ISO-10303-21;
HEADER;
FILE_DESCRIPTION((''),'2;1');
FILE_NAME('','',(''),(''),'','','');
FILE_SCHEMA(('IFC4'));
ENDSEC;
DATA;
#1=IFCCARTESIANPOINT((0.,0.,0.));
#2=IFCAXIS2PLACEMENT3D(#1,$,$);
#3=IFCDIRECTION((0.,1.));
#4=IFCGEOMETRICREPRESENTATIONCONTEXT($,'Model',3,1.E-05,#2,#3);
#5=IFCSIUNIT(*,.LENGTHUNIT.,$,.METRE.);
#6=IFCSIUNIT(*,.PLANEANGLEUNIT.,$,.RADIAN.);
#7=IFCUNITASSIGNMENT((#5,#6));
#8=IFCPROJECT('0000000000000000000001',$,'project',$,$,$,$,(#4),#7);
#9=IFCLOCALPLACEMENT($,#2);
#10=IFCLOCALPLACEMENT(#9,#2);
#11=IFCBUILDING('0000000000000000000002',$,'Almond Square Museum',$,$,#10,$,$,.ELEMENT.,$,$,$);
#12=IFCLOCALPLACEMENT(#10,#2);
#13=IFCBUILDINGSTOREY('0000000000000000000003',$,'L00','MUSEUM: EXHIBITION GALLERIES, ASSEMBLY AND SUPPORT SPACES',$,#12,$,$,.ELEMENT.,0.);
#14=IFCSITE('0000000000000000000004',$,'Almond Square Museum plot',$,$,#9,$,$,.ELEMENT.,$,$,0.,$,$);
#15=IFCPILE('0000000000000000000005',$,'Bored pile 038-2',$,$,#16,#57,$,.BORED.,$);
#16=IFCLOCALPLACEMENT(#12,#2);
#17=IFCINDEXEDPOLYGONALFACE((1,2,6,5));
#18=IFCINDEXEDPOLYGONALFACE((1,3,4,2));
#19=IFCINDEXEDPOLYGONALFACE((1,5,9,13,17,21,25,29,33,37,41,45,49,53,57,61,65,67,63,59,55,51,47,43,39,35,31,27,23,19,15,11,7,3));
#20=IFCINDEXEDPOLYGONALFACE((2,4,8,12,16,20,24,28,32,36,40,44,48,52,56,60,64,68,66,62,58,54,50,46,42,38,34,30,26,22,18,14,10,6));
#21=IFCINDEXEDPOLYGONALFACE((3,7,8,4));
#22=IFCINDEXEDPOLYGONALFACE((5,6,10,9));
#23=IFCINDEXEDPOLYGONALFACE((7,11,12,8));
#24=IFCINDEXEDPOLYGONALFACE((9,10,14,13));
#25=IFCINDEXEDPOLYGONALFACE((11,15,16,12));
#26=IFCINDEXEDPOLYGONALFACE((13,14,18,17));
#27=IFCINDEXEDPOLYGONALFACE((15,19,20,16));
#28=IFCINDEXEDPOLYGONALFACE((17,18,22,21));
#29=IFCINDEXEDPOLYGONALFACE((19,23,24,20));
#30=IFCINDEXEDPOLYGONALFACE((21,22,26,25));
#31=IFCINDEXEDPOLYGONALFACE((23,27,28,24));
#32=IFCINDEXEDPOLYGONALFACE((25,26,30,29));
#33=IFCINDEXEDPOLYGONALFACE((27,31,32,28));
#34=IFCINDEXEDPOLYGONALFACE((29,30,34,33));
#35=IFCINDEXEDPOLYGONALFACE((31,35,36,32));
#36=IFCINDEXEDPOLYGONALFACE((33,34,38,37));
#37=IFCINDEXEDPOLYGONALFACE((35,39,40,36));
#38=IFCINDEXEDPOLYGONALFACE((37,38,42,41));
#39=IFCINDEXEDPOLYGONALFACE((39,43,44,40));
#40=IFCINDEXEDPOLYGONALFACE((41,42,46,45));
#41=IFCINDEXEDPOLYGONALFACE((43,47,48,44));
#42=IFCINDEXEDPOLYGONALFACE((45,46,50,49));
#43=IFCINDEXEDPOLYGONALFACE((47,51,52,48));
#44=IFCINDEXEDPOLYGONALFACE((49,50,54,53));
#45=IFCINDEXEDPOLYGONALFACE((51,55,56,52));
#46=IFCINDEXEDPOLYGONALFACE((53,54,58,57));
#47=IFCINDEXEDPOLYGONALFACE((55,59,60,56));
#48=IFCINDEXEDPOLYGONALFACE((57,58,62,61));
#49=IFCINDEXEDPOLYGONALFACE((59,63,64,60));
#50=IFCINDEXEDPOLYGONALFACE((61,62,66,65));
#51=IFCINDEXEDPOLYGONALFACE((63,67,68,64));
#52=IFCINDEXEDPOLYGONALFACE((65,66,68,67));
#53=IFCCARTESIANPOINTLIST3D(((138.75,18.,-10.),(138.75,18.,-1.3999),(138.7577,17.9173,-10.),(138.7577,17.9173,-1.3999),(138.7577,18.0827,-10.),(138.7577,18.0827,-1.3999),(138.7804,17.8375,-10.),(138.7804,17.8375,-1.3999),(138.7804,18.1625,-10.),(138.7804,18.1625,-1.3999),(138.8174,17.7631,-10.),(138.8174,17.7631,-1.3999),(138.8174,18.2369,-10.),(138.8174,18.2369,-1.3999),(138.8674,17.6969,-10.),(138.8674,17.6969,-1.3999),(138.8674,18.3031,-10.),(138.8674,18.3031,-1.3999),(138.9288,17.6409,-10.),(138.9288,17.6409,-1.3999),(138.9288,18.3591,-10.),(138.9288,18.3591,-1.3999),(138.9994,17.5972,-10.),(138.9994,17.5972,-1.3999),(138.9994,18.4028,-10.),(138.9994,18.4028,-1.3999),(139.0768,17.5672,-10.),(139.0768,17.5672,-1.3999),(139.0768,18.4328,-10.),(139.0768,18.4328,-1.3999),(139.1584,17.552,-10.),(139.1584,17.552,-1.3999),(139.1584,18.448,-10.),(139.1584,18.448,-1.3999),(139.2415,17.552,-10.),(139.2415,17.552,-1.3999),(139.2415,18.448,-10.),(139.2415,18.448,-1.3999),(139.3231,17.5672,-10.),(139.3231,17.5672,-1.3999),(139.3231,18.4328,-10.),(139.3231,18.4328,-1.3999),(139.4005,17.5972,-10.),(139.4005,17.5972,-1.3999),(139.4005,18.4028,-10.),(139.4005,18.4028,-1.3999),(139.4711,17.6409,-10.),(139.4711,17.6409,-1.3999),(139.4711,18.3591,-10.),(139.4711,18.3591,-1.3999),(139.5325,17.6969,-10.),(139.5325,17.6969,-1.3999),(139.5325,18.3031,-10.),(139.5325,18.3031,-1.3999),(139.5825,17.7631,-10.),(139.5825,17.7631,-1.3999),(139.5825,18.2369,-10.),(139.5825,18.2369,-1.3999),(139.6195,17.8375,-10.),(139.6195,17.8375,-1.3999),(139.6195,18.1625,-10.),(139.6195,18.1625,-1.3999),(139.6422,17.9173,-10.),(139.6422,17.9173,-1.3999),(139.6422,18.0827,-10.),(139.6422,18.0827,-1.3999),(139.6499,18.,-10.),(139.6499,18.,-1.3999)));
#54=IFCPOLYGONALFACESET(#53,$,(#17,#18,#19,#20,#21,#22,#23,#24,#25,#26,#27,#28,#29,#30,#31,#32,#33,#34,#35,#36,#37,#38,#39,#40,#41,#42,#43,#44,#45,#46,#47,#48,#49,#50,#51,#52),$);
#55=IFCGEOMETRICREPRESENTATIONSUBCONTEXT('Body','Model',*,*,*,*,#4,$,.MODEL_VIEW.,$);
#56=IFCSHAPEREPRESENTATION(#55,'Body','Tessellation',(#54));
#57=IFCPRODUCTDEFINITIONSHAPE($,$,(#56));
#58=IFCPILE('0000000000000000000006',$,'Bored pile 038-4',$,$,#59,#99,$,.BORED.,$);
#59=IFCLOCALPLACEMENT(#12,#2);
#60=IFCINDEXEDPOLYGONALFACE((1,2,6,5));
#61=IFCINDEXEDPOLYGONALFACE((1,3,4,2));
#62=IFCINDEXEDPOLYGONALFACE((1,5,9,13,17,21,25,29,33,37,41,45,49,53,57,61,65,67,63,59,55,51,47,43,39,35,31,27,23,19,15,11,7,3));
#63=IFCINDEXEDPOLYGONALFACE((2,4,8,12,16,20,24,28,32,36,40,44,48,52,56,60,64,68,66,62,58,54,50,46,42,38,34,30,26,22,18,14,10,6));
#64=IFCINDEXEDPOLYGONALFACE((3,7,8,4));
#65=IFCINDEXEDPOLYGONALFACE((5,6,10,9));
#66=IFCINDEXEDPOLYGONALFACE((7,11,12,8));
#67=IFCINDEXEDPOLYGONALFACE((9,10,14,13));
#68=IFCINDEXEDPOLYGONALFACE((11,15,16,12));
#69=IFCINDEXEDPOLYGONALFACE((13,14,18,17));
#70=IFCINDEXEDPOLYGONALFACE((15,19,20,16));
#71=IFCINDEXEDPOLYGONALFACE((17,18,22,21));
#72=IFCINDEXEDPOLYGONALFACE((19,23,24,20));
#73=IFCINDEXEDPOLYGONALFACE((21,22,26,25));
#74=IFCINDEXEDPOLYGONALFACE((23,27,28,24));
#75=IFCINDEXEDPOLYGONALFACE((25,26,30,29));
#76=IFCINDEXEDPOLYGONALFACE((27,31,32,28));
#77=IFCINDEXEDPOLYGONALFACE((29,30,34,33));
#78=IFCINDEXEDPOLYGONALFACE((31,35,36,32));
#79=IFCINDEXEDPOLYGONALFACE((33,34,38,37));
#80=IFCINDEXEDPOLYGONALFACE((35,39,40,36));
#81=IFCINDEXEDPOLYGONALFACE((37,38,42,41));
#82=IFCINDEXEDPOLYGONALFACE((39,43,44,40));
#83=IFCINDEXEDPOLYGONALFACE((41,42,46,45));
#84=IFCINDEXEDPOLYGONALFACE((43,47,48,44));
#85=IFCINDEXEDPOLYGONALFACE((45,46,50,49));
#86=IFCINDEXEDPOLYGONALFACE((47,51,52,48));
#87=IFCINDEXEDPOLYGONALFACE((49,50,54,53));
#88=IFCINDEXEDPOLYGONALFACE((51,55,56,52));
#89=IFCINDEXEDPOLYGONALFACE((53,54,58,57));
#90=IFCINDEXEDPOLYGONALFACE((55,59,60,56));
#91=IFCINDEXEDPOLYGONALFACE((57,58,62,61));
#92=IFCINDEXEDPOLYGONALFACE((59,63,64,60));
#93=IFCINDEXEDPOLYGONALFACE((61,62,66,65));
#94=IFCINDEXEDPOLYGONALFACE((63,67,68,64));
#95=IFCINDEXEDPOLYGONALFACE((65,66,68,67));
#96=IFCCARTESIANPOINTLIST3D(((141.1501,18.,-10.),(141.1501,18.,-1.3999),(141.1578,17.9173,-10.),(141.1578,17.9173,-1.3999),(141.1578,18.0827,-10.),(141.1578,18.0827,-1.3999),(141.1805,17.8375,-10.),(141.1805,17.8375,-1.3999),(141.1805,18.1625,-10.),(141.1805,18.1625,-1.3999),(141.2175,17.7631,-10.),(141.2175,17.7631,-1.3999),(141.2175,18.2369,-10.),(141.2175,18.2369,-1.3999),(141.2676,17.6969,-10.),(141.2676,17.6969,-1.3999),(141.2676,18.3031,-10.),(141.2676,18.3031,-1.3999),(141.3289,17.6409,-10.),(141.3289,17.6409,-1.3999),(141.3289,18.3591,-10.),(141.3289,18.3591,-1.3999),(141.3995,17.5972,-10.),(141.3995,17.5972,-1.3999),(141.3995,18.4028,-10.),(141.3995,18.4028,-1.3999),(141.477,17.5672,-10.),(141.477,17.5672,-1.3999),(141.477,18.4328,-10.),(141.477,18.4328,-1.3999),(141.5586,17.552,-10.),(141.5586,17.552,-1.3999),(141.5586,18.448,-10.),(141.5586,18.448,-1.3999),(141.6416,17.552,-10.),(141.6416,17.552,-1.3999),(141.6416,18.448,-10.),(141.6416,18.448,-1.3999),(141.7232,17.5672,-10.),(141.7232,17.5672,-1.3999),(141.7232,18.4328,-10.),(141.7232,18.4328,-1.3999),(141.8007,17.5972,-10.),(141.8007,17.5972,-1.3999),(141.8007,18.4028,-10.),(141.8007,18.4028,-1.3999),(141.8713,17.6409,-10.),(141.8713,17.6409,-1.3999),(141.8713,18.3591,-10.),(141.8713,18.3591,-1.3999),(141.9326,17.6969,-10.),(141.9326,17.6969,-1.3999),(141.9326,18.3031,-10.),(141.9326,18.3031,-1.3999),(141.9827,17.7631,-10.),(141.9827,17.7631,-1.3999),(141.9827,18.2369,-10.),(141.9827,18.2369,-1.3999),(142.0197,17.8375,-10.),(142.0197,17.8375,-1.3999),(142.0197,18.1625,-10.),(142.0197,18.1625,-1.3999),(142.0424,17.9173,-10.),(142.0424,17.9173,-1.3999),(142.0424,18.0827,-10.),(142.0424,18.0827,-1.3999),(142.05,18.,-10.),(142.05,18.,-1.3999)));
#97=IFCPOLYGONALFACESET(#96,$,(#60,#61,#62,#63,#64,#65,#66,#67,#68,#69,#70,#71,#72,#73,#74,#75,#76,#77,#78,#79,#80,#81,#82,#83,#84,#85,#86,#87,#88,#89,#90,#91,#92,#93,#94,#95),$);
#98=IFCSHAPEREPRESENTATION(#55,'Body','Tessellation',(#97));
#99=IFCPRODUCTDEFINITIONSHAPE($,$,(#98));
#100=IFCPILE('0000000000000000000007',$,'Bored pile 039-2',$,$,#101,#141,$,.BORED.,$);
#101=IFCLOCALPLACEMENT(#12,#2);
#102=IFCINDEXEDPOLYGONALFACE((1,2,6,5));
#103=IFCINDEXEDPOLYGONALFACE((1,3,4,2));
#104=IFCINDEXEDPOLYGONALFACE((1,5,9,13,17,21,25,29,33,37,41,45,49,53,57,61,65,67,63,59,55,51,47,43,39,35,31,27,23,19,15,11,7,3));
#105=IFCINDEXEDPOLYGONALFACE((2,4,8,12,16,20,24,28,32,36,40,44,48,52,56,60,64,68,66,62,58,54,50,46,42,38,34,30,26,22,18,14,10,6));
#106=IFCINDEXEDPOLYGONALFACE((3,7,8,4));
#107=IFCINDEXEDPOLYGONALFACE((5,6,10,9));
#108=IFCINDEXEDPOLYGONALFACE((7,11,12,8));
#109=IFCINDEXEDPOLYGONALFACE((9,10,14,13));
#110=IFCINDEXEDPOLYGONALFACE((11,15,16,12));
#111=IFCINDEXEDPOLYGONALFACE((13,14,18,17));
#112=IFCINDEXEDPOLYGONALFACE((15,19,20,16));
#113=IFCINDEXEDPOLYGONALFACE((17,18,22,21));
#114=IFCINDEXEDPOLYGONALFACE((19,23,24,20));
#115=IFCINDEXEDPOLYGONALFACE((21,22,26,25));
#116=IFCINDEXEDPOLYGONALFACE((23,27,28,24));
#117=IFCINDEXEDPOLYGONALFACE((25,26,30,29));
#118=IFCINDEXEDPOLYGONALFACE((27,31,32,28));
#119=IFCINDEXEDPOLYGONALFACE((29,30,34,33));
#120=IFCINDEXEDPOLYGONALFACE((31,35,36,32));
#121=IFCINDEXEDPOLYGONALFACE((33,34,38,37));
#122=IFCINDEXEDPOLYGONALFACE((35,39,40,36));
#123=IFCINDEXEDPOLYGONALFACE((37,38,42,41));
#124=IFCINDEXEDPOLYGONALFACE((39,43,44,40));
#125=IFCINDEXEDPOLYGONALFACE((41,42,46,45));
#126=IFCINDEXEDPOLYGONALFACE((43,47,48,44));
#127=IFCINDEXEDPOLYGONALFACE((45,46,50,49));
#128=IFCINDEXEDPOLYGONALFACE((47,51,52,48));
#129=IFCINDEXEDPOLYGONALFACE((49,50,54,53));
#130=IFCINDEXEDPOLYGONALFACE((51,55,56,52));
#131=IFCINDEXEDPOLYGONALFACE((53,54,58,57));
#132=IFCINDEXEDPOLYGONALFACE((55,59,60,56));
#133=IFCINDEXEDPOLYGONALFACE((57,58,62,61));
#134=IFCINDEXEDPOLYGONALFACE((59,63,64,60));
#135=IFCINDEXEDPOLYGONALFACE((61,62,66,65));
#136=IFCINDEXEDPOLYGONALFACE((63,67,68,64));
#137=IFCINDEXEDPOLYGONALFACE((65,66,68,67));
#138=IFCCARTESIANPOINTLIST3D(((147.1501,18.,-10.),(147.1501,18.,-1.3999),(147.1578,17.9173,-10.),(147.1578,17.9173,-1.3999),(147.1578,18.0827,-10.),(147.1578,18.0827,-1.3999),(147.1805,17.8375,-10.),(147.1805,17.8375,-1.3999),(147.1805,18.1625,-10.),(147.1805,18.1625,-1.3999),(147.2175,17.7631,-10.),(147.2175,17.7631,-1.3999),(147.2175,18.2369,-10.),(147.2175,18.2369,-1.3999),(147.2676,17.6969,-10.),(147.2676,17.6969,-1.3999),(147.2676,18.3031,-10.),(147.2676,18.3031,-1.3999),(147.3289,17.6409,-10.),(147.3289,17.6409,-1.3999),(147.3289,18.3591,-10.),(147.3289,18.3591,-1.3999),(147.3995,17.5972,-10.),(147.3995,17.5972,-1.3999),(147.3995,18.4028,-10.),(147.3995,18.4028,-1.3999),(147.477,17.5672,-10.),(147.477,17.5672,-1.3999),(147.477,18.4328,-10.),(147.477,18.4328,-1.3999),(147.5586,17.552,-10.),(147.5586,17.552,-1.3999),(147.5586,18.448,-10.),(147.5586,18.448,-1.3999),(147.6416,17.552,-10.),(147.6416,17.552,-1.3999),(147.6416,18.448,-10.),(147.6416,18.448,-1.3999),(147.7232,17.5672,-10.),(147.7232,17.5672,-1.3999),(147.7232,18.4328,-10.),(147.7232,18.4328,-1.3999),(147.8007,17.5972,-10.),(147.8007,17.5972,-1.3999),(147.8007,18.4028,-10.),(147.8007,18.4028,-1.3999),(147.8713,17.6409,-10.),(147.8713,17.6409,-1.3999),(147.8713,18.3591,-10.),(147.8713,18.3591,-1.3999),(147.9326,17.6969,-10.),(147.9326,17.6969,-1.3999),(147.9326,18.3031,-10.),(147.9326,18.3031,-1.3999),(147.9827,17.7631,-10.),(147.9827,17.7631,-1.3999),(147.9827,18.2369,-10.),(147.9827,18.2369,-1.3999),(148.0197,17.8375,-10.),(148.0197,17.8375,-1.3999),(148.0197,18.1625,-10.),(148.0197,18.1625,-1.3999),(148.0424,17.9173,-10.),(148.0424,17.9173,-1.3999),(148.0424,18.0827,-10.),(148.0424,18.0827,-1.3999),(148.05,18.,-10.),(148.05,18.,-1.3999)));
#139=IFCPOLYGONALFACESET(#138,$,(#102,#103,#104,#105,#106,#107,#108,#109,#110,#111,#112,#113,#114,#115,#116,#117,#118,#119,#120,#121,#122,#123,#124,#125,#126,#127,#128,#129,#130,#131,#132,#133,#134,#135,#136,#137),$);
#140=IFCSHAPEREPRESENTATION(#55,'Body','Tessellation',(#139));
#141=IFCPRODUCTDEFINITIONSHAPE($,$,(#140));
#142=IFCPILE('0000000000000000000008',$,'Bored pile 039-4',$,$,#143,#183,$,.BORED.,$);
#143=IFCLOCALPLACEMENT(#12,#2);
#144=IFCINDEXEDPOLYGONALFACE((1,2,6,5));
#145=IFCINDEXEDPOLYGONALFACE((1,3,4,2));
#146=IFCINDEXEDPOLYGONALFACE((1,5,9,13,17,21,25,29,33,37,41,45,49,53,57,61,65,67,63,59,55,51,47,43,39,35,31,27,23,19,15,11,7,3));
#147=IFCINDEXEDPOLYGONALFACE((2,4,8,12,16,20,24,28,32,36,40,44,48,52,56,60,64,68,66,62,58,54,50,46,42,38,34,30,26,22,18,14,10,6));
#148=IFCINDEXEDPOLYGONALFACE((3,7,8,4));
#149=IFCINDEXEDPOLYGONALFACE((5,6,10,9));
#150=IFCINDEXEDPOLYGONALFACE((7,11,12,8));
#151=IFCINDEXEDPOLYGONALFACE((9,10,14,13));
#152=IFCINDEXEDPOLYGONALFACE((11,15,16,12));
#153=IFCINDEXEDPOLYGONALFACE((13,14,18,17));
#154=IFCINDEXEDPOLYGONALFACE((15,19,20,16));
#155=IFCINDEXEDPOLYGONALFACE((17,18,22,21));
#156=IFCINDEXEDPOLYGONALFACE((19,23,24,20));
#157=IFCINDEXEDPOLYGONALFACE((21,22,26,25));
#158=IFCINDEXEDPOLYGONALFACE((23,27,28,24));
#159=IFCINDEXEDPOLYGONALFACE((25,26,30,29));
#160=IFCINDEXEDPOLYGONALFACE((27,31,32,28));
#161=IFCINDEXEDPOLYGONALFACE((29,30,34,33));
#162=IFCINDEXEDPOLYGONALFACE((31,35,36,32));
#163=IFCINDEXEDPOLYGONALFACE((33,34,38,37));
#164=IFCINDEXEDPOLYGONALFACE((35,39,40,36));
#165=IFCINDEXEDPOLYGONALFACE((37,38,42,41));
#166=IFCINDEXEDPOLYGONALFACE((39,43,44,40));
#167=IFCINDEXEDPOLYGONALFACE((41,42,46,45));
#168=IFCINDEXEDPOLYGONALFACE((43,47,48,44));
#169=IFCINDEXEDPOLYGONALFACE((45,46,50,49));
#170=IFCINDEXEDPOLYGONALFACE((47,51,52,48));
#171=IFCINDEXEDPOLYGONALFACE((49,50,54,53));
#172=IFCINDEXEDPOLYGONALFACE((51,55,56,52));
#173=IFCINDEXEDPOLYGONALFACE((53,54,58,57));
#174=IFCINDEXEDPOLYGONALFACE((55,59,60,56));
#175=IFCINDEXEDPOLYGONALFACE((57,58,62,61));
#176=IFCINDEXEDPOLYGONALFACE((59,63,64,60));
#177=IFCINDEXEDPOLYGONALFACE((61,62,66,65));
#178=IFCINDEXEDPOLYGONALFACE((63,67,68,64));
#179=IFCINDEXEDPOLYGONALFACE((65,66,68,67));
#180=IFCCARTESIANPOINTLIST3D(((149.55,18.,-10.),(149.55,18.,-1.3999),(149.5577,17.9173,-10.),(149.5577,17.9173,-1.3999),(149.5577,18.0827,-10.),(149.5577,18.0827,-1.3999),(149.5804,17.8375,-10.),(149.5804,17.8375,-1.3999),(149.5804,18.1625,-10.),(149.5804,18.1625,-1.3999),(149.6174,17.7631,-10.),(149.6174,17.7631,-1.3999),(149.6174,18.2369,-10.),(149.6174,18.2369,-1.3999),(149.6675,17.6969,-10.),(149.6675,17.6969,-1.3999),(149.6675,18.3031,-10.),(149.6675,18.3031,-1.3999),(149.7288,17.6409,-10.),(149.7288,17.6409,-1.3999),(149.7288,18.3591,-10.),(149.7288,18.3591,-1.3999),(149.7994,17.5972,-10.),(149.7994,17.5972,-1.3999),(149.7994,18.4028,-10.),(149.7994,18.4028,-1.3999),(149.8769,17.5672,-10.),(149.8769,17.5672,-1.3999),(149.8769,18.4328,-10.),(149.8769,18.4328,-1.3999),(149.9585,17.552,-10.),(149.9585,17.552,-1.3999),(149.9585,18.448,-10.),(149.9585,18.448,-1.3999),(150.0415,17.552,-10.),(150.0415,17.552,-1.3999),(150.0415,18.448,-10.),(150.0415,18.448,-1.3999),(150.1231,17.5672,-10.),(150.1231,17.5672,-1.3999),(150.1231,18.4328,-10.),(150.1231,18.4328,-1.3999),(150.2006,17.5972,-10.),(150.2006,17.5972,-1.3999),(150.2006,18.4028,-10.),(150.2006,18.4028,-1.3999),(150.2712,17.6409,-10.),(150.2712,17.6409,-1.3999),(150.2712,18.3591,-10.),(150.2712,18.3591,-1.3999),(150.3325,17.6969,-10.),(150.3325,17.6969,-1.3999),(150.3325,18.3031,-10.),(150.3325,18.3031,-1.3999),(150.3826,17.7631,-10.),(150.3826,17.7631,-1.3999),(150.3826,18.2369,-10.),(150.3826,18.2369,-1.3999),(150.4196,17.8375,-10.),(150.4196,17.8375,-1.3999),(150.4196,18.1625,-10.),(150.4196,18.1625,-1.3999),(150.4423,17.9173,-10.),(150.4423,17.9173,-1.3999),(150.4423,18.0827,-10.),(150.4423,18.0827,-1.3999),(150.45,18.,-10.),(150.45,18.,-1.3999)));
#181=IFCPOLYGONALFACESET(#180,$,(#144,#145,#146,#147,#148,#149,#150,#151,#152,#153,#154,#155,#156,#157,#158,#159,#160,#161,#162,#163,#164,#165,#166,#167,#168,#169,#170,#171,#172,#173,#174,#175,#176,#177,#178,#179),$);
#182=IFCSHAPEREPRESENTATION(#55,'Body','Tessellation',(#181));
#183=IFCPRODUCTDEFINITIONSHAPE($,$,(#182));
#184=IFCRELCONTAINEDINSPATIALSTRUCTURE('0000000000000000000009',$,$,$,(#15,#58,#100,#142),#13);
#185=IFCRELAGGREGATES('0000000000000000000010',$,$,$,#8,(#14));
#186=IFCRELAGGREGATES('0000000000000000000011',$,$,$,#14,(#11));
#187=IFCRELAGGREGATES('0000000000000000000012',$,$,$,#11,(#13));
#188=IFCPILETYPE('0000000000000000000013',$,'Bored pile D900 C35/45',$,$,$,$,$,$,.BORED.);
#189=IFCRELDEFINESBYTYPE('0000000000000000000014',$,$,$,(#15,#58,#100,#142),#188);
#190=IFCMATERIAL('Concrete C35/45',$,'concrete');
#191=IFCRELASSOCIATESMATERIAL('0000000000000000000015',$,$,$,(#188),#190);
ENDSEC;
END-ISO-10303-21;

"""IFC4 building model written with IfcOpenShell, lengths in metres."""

from ifc_helpers import new_model, si_unit, direction, frame, origin, origin_2d, place, context, subcontext, project, spatial, circle, extrude, material, material_profile, profile_set, type_object, element, save


model = new_model("IFC4")

# Units and contexts
model_context = context("Model", 3, precision=1e-05, world=origin(), true_north=direction((0.0, 1.0)))
body_context = subcontext(model_context, "Body", "Model", "MODEL_VIEW")
ifc_project = project(units=[si_unit("LENGTHUNIT", "METRE"), si_unit("PLANEANGLEUNIT", "RADIAN")], contexts=[model_context])

# Site, building, storey
site_placement = place(None, origin())
site = spatial("IfcSite", under=ifc_project, at=site_placement, Name="Almond Square Museum plot", CompositionType="ELEMENT", RefElevation=0.0)
building_placement = place(site_placement, origin())
building = spatial("IfcBuilding", under=site, at=building_placement, Name="Almond Square Museum", CompositionType="ELEMENT")
storey_placement = place(building_placement, origin())
storey = spatial("IfcBuildingStorey", under=building, at=storey_placement, Name="L00", Description="MUSEUM: EXHIBITION GALLERIES, ASSEMBLY AND SUPPORT SPACES", CompositionType="ELEMENT", Elevation=0.0)

# Piles
ifc_material_1 = material(Name="Concrete C35/45", Category="concrete")
ifc_material_profile_1 = material_profile(ifc_material_1, circle(Radius=0.45, at=origin_2d()))
ifc_profile_set_1 = profile_set([ifc_material_profile_1], Name="Concrete C35/45")
pile_type = type_object("IfcPileType", Name="Bored pile D900 C35/45", PredefinedType="BORED", material=ifc_profile_set_1)
for number, where, z_axis, x_axis, name in (
    (1, (139.2, 18.0, -1.3999), (0.0, 0.0, -1.0), (1.0, 0.0, 0.0), "Bored pile 038-2"),
    (2, (141.6001, 18.0, -1.3999), (0.0, 0.0, -1.0), (1.0, 0.0, 0.0), "Bored pile 038-4"),
    (3, (147.6001, 18.0, -1.3999), (0.0, 0.0, -1.0), (1.0, 0.0, 0.0), "Bored pile 039-2"),
    (4, (150.0, 18.0, -1.3999), (0.0, 0.0, -1.0), (1.0, 0.0, 0.0), "Bored pile 039-4"),
):
    element("IfcPile", number, at=place(storey_placement, frame(where, z_axis=z_axis, x_axis=x_axis)), inside=storey, type_object=pile_type, Name=name, PredefinedType="BORED", context=body_context, shape_type="SweptSolid", body=[
        extrude(circle(Radius=0.45, at=origin_2d()), origin(), (0.0, 0.0, 1.0), 8.6001),
    ])

save(model, "model.ifc")
